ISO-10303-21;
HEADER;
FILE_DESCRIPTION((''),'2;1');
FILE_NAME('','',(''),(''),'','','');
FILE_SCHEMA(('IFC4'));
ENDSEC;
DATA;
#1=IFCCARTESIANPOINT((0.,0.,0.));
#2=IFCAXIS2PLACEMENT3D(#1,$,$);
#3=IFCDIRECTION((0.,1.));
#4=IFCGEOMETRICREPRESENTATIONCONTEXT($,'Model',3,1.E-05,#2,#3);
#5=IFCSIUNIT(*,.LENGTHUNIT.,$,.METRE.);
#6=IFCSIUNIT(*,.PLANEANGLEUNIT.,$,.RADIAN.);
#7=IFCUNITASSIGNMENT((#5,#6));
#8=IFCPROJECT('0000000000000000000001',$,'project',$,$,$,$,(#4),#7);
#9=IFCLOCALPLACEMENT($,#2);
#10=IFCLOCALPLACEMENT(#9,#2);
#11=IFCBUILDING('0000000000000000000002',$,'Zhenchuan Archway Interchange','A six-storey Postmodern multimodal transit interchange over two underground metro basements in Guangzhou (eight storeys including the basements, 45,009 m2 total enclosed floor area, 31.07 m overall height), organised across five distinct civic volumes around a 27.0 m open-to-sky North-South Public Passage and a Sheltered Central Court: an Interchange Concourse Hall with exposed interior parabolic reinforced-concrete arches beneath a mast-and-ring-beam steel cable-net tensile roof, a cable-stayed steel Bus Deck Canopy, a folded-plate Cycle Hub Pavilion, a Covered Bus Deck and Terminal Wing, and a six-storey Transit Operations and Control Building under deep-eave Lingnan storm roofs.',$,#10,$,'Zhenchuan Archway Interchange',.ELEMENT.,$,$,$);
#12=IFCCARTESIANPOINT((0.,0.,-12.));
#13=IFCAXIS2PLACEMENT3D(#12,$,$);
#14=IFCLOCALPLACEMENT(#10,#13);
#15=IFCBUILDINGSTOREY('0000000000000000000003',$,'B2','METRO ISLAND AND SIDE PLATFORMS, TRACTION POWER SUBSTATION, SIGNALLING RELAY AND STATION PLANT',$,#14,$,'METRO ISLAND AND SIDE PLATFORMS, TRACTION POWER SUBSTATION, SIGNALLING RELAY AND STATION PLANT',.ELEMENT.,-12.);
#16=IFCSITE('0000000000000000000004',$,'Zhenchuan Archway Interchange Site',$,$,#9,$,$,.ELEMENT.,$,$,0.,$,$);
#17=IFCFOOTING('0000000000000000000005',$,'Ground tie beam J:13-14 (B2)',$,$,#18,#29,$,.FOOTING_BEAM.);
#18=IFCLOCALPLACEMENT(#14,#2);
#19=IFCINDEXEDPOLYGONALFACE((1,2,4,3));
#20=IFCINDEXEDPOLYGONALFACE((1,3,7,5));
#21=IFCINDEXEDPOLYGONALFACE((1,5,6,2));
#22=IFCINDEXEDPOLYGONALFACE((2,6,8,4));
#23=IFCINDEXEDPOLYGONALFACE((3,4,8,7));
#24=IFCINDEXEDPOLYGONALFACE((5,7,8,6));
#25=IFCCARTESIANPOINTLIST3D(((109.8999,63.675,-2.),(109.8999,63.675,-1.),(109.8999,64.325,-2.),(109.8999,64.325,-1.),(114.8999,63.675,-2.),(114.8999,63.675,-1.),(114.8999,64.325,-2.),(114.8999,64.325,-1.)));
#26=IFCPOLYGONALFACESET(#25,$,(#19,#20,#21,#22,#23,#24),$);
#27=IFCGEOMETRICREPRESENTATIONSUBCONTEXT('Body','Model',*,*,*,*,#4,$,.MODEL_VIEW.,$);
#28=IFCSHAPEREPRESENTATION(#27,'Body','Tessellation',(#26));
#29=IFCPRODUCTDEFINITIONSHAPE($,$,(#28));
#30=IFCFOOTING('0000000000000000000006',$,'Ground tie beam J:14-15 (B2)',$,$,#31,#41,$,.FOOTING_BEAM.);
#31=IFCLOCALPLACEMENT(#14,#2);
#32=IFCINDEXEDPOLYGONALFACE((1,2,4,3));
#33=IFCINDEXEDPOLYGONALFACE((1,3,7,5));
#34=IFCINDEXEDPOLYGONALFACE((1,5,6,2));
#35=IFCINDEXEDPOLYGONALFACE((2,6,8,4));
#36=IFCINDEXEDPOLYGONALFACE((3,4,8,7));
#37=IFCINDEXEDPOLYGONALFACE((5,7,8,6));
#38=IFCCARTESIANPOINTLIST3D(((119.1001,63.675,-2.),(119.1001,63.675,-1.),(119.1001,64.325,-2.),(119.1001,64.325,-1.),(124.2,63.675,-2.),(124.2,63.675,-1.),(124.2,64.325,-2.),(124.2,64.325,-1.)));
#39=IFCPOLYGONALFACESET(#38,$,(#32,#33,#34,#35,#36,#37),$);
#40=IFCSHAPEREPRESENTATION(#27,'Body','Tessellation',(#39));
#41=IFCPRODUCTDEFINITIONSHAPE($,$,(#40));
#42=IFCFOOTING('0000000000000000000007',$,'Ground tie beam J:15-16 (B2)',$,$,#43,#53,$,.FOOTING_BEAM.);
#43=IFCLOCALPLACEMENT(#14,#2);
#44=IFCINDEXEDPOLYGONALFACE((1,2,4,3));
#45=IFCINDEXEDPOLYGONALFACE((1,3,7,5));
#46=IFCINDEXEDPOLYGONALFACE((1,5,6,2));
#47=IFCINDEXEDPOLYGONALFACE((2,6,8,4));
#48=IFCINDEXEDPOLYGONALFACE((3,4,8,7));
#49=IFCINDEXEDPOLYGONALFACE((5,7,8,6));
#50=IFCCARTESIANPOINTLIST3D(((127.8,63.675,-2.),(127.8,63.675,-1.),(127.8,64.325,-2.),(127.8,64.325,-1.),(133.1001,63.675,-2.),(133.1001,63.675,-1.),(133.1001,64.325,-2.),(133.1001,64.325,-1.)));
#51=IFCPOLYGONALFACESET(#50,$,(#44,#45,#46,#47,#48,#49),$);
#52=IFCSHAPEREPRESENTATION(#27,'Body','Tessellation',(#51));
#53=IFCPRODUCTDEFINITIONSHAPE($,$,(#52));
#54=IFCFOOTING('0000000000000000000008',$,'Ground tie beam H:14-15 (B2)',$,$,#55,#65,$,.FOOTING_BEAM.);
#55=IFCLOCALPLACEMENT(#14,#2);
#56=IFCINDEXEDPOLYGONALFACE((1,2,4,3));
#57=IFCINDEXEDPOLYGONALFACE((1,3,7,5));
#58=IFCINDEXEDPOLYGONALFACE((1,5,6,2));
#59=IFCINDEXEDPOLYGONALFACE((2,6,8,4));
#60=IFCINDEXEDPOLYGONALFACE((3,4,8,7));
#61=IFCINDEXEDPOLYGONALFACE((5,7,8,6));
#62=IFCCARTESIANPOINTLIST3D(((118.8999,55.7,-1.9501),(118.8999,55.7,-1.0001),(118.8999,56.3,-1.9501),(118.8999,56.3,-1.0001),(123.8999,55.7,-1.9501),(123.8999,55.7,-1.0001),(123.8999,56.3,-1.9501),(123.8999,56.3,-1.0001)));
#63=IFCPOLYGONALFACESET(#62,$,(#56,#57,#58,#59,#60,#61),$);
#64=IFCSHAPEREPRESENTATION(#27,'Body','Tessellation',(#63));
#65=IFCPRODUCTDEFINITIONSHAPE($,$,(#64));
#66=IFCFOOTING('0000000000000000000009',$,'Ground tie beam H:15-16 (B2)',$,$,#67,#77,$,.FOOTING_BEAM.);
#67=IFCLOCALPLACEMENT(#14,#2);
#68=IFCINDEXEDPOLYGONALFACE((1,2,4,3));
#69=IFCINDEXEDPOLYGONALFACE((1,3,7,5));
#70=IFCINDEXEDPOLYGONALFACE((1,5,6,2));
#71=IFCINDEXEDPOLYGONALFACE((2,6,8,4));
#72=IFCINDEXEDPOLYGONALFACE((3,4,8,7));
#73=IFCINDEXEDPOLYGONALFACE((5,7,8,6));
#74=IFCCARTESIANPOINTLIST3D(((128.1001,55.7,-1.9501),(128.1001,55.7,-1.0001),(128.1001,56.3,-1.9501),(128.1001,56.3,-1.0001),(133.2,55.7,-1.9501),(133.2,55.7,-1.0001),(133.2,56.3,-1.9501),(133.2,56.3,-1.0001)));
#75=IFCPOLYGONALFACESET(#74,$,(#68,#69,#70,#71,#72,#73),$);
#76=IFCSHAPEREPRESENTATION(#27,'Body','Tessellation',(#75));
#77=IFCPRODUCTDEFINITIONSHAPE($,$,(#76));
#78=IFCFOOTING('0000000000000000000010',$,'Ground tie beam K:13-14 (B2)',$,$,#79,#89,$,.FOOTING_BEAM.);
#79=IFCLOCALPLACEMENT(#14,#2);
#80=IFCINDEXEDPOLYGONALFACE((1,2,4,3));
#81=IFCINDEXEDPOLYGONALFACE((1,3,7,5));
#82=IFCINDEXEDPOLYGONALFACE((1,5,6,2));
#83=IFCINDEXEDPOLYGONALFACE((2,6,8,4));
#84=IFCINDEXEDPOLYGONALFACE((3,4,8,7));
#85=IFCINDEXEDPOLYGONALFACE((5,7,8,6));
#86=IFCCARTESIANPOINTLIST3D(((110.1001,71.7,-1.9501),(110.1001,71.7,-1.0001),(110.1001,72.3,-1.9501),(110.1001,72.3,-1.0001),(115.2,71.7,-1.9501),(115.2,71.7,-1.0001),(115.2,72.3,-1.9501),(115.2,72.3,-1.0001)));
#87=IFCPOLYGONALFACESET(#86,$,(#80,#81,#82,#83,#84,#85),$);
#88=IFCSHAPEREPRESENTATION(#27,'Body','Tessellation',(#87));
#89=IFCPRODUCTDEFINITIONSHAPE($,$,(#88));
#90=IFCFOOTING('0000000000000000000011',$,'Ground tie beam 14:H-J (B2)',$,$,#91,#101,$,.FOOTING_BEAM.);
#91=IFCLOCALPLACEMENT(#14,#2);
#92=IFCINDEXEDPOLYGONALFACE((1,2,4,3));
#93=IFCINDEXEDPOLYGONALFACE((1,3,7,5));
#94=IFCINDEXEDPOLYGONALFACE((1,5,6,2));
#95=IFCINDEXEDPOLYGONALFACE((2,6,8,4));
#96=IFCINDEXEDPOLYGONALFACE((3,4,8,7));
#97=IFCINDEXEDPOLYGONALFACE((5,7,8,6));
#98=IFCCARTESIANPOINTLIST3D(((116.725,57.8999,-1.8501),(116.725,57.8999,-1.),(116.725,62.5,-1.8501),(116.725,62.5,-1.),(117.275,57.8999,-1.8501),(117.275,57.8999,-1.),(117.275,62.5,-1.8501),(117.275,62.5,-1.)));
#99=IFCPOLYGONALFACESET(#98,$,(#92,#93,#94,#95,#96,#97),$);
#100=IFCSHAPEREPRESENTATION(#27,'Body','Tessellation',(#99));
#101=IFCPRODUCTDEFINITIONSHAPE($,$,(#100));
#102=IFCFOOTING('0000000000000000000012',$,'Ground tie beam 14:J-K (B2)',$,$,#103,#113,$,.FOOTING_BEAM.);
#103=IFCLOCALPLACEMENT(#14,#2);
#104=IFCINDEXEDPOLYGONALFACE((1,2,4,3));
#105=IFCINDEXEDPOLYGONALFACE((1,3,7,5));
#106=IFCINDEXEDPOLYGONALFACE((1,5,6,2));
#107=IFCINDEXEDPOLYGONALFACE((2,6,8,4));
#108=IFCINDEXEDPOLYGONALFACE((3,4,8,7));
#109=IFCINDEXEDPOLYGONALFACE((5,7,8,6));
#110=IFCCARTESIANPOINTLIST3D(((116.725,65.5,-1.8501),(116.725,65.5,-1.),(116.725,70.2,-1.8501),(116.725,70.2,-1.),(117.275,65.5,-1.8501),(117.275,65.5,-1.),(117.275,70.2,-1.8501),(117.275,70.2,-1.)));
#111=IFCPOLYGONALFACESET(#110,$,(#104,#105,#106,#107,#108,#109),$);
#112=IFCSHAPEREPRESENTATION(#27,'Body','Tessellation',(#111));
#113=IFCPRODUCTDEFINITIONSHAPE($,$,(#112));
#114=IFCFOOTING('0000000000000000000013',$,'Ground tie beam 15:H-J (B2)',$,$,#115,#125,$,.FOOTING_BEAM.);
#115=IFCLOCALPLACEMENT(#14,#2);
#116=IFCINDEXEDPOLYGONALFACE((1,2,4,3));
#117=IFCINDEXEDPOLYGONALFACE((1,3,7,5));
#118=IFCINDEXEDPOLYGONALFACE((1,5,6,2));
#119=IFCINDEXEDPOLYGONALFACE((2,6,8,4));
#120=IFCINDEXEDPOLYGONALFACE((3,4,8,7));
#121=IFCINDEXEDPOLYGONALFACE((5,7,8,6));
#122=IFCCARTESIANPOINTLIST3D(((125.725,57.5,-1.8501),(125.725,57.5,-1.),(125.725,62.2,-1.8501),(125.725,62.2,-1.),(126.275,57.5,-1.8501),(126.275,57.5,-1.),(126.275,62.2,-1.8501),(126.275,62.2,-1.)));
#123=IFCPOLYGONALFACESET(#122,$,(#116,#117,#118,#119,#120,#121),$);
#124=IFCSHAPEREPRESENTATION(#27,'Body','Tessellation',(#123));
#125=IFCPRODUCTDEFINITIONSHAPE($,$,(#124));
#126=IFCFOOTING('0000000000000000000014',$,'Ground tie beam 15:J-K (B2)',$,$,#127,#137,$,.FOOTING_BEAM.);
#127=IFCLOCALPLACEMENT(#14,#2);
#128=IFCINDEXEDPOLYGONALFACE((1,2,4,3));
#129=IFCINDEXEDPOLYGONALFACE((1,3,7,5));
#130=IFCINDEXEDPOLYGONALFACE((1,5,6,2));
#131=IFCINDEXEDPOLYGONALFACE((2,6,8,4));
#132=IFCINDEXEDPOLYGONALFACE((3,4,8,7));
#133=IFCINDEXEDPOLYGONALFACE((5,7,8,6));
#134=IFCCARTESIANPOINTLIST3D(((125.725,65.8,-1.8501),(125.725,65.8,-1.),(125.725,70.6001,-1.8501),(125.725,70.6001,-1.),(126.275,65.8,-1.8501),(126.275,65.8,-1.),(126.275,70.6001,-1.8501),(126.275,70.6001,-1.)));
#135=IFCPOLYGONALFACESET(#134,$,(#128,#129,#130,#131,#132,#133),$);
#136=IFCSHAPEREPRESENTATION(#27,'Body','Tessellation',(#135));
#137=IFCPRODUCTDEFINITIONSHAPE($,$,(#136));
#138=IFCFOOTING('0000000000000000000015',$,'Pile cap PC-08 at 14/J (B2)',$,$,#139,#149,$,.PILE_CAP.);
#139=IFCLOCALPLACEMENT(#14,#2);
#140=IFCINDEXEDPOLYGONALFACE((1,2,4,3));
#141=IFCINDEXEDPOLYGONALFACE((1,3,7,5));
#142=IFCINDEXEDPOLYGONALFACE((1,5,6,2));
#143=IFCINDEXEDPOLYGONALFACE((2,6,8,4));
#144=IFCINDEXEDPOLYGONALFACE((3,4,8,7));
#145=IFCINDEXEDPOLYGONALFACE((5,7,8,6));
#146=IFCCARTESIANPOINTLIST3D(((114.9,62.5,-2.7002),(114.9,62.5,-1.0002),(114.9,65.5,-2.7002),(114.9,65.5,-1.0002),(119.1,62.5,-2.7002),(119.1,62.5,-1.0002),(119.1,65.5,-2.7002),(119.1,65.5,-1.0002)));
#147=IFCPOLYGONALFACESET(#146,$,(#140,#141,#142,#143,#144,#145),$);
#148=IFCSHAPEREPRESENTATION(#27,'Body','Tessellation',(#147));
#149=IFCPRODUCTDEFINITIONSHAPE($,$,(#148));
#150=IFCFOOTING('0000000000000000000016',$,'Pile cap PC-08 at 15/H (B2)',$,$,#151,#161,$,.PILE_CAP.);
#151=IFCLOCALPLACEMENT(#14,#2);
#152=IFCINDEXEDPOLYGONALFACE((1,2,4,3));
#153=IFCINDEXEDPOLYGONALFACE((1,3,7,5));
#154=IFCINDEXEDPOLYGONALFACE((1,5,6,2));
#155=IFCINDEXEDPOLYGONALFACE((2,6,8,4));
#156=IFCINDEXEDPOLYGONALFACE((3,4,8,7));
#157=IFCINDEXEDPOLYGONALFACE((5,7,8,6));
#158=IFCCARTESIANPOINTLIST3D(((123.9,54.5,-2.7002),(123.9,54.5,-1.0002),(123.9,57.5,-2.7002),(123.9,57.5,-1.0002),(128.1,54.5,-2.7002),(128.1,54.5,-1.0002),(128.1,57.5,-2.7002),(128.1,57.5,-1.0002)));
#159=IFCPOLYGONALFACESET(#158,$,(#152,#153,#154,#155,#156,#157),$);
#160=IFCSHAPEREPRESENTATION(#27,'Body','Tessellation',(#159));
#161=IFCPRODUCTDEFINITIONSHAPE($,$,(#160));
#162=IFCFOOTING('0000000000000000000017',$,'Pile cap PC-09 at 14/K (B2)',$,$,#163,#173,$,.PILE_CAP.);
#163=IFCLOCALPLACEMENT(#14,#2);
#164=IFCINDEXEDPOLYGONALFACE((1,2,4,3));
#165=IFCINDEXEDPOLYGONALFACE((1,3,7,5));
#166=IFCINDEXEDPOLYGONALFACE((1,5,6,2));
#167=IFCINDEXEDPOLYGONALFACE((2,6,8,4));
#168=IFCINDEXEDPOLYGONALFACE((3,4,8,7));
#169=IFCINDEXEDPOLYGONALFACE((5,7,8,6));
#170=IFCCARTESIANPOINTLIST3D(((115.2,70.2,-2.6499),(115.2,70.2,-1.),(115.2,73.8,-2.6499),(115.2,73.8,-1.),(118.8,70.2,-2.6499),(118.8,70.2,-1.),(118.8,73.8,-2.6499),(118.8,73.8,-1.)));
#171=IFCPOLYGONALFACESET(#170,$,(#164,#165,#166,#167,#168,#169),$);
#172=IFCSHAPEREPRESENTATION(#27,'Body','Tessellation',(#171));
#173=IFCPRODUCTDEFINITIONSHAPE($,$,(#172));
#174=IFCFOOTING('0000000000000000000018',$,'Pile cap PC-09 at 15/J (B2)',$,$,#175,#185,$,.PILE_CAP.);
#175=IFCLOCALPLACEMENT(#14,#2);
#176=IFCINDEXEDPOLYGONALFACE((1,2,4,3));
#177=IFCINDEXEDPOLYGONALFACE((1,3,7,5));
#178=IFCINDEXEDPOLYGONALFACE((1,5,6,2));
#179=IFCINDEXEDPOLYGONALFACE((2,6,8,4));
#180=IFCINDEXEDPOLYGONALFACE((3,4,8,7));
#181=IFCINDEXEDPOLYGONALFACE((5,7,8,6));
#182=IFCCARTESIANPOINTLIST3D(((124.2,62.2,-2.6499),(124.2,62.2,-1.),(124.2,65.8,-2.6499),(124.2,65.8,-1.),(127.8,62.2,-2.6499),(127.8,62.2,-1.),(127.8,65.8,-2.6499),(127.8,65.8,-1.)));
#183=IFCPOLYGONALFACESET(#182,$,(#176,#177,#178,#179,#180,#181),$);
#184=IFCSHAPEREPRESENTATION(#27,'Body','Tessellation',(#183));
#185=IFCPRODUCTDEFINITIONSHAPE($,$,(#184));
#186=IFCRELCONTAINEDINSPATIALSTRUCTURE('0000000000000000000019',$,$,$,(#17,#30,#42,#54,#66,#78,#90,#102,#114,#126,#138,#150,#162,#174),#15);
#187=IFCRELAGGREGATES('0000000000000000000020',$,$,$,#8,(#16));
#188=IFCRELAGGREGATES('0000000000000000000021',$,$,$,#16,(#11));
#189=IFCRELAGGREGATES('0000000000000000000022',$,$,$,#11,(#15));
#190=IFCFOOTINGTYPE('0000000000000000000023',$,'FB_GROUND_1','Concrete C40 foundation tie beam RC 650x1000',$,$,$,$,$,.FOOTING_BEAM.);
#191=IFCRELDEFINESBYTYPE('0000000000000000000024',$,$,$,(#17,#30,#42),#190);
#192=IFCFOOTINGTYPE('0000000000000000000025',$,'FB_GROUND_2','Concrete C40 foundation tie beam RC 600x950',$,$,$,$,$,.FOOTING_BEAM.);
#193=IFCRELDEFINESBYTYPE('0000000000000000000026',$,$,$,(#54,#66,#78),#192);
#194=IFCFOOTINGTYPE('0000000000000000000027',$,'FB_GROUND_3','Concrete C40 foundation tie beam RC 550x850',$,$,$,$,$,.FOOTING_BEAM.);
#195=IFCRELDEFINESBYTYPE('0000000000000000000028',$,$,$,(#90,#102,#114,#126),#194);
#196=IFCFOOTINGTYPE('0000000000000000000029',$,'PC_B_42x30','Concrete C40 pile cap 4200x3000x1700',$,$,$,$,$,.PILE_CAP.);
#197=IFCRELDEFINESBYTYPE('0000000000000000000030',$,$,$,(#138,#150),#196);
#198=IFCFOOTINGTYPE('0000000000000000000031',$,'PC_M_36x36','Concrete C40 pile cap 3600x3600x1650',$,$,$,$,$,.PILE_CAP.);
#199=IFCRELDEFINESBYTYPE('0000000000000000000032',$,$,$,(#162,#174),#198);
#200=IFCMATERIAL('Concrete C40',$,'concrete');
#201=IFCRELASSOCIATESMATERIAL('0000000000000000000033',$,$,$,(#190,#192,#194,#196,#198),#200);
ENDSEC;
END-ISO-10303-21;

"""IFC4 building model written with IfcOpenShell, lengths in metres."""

from ifc_helpers import new_model, si_unit, direction, frame, origin, origin_2d, place, context, subcontext, project, spatial, rectangle, extrude, material, material_profile, profile_set, type_object, element, save


model = new_model("IFC4")

# Units and contexts
model_context = context("Model", 3, precision=1e-05, world=origin(), true_north=direction((0.0, 1.0)))
body_context = subcontext(model_context, "Body", "Model", "MODEL_VIEW")
ifc_project = project(units=[si_unit("LENGTHUNIT", "METRE"), si_unit("PLANEANGLEUNIT", "RADIAN")], contexts=[model_context])

# Site, building, storey
site_placement = place(None, origin())
site = spatial("IfcSite", under=ifc_project, at=site_placement, Name="Zhenchuan Archway Interchange Site", CompositionType="ELEMENT", RefElevation=0.0)
building_placement = place(site_placement, origin())
building = spatial("IfcBuilding", under=site, at=building_placement, Name="Zhenchuan Archway Interchange", Description="A six-storey Postmodern multimodal transit interchange over two underground metro basements in Guangzhou (eight storeys including the basements, 45,009 m2 total enclosed floor area, 31.07 m overall height), organised across five distinct civic volumes around a 27.0 m open-to-sky North-South Public Passage and a Sheltered Central Court: an Interchange Concourse Hall with exposed interior parabolic reinforced-concrete arches beneath a mast-and-ring-beam steel cable-net tensile roof, a cable-stayed steel Bus Deck Canopy, a folded-plate Cycle Hub Pavilion, a Covered Bus Deck and Terminal Wing, and a six-storey Transit Operations and Control Building under deep-eave Lingnan storm roofs.", LongName="Zhenchuan Archway Interchange", CompositionType="ELEMENT")
storey_placement = place(building_placement, frame((0.0, 0.0, -12.0)))
storey = spatial("IfcBuildingStorey", under=building, at=storey_placement, Name="B2", Description="METRO ISLAND AND SIDE PLATFORMS, TRACTION POWER SUBSTATION, SIGNALLING RELAY AND STATION PLANT", LongName="METRO ISLAND AND SIDE PLATFORMS, TRACTION POWER SUBSTATION, SIGNALLING RELAY AND STATION PLANT", CompositionType="ELEMENT", Elevation=-12.0)

# Footings
ifc_material_1 = material(Name="Concrete C40", Category="concrete")
ifc_material_profile_1 = material_profile(ifc_material_1, rectangle(XDim=0.6499, YDim=1.0, at=origin_2d()), Name="RC 650x1000")
ifc_profile_set_1 = profile_set([ifc_material_profile_1], Name="Concrete C40")
footing_type_1 = type_object("IfcFootingType", Name="FB_GROUND_1", Description="Concrete C40 foundation tie beam RC 650x1000", PredefinedType="FOOTING_BEAM", material=ifc_profile_set_1)
footing_1_placement = place(storey_placement, frame((109.8999, 64.0, -1.5), z_axis=(1.0, 0.0, 0.0), x_axis=(0.0, 1.0, 0.0)))
element("IfcFooting", 1, at=footing_1_placement, inside=storey, type_object=footing_type_1, Name="Ground tie beam J:13-14 (B2)", PredefinedType="FOOTING_BEAM", context=body_context, shape_type="SweptSolid", body=[
    extrude(rectangle(XDim=0.6499, YDim=1.0, at=origin_2d()), origin(), (0.0, 0.0, 1.0), 5.0),
])
footing_2_placement = place(storey_placement, frame((119.1001, 64.0, -1.5), z_axis=(1.0, 0.0, 0.0), x_axis=(0.0, 1.0, 0.0)))
element("IfcFooting", 2, at=footing_2_placement, inside=storey, type_object=footing_type_1, Name="Ground tie beam J:14-15 (B2)", PredefinedType="FOOTING_BEAM", context=body_context, shape_type="SweptSolid", body=[
    extrude(rectangle(XDim=0.6499, YDim=1.0, at=origin_2d()), origin(), (0.0, 0.0, 1.0), 5.0999),
])
footing_3_placement = place(storey_placement, frame((127.8, 64.0, -1.5), z_axis=(1.0, 0.0, 0.0), x_axis=(0.0, 1.0, 0.0)))
element("IfcFooting", 3, at=footing_3_placement, inside=storey, type_object=footing_type_1, Name="Ground tie beam J:15-16 (B2)", PredefinedType="FOOTING_BEAM", context=body_context, shape_type="SweptSolid", body=[
    extrude(rectangle(XDim=0.6499, YDim=1.0, at=origin_2d()), origin(), (0.0, 0.0, 1.0), 5.3),
])
ifc_material_profile_2 = material_profile(ifc_material_1, rectangle(XDim=0.6001, YDim=0.95, at=origin_2d()), Name="RC 600x950")
ifc_profile_set_2 = profile_set([ifc_material_profile_2], Name="Concrete C40")
footing_type_2 = type_object("IfcFootingType", Name="FB_GROUND_2", Description="Concrete C40 foundation tie beam RC 600x950", PredefinedType="FOOTING_BEAM", material=ifc_profile_set_2)
footing_4_placement = place(storey_placement, frame((118.8999, 56.0, -1.4751), z_axis=(1.0, 0.0, 0.0), x_axis=(0.0, 1.0, 0.0)))
element("IfcFooting", 4, at=footing_4_placement, inside=storey, type_object=footing_type_2, Name="Ground tie beam H:14-15 (B2)", PredefinedType="FOOTING_BEAM", context=body_context, shape_type="SweptSolid", body=[
    extrude(rectangle(XDim=0.6001, YDim=0.95, at=origin_2d()), origin(), (0.0, 0.0, 1.0), 5.0),
])
for number, where, z_axis, x_axis, name in (
    (5, (128.1001, 56.0, -1.4751), (1.0, 0.0, 0.0), (0.0, 1.0, 0.0), "Ground tie beam H:15-16 (B2)"),
    (6, (110.1001, 72.0, -1.4751), (1.0, 0.0, 0.0), (0.0, 1.0, 0.0), "Ground tie beam K:13-14 (B2)"),
):
    element("IfcFooting", number, at=place(storey_placement, frame(where, z_axis=z_axis, x_axis=x_axis)), inside=storey, type_object=footing_type_2, Name=name, PredefinedType="FOOTING_BEAM", context=body_context, shape_type="SweptSolid", body=[
        extrude(rectangle(XDim=0.6001, YDim=0.95, at=origin_2d()), origin(), (0.0, 0.0, 1.0), 5.0999),
    ])
ifc_material_profile_3 = material_profile(ifc_material_1, rectangle(XDim=0.55, YDim=0.8501, at=origin_2d()), Name="RC 550x850")
ifc_profile_set_3 = profile_set([ifc_material_profile_3], Name="Concrete C40")
footing_type_3 = type_object("IfcFootingType", Name="FB_GROUND_3", Description="Concrete C40 foundation tie beam RC 550x850", PredefinedType="FOOTING_BEAM", material=ifc_profile_set_3)
footing_5_placement = place(storey_placement, frame((117.0, 57.8999, -1.425), z_axis=(0.0, 1.0, 0.0), x_axis=(-1.0, 0.0, 0.0)))
element("IfcFooting", 7, at=footing_5_placement, inside=storey, type_object=footing_type_3, Name="Ground tie beam 14:H-J (B2)", PredefinedType="FOOTING_BEAM", context=body_context, shape_type="SweptSolid", body=[
    extrude(rectangle(XDim=0.55, YDim=0.8501, at=origin_2d()), origin(), (0.0, 0.0, 1.0), 4.6001),
])
for number, where, z_axis, x_axis, name in (
    (8, (117.0, 65.5, -1.425), (0.0, 1.0, 0.0), (-1.0, 0.0, 0.0), "Ground tie beam 14:J-K (B2)"),
    (9, (126.0, 57.5, -1.425), (0.0, 1.0, 0.0), (-1.0, 0.0, 0.0), "Ground tie beam 15:H-J (B2)"),
):
    element("IfcFooting", number, at=place(storey_placement, frame(where, z_axis=z_axis, x_axis=x_axis)), inside=storey, type_object=footing_type_3, Name=name, PredefinedType="FOOTING_BEAM", context=body_context, shape_type="SweptSolid", body=[
        extrude(rectangle(XDim=0.55, YDim=0.8501, at=origin_2d()), origin(), (0.0, 0.0, 1.0), 4.7),
    ])
footing_6_placement = place(storey_placement, frame((126.0, 65.8, -1.425), z_axis=(0.0, 1.0, 0.0), x_axis=(-1.0, 0.0, 0.0)))
element("IfcFooting", 10, at=footing_6_placement, inside=storey, type_object=footing_type_3, Name="Ground tie beam 15:J-K (B2)", PredefinedType="FOOTING_BEAM", context=body_context, shape_type="SweptSolid", body=[
    extrude(rectangle(XDim=0.55, YDim=0.8501, at=origin_2d()), origin(), (0.0, 0.0, 1.0), 4.8),
])
footing_type_4 = type_object("IfcFootingType", Name="PC_B_42x30", Description="Concrete C40 pile cap 4200x3000x1700", PredefinedType="PILE_CAP", material=ifc_material_1)
for number, where, z_axis, x_axis, name in (
    (11, (117.0, 64.0, -2.7002), (0.0, 0.0, 1.0), (1.0, 0.0, 0.0), "Pile cap PC-08 at 14/J (B2)"),
    (12, (126.0, 56.0, -2.7002), (0.0, 0.0, 1.0), (1.0, 0.0, 0.0), "Pile cap PC-08 at 15/H (B2)"),
):
    element("IfcFooting", number, at=place(storey_placement, frame(where, z_axis=z_axis, x_axis=x_axis)), inside=storey, type_object=footing_type_4, Name=name, PredefinedType="PILE_CAP", context=body_context, shape_type="SweptSolid", body=[
        extrude(rectangle(XDim=4.2, YDim=3.0, at=origin_2d()), origin(), (0.0, 0.0, 1.0), 1.7),
    ])
footing_type_5 = type_object("IfcFootingType", Name="PC_M_36x36", Description="Concrete C40 pile cap 3600x3600x1650", PredefinedType="PILE_CAP", material=ifc_material_1)
for number, where, z_axis, x_axis, name in (
    (13, (117.0, 72.0, -2.6499), (0.0, 0.0, 1.0), (1.0, 0.0, 0.0), "Pile cap PC-09 at 14/K (B2)"),
    (14, (126.0, 64.0, -2.6499), (0.0, 0.0, 1.0), (1.0, 0.0, 0.0), "Pile cap PC-09 at 15/J (B2)"),
):
    element("IfcFooting", number, at=place(storey_placement, frame(where, z_axis=z_axis, x_axis=x_axis)), inside=storey, type_object=footing_type_5, Name=name, PredefinedType="PILE_CAP", context=body_context, shape_type="SweptSolid", body=[
        extrude(rectangle(XDim=3.6001, YDim=3.6001, at=origin_2d()), origin(), (0.0, 0.0, 1.0), 1.6499),
    ])

save(model, "model.ifc")
